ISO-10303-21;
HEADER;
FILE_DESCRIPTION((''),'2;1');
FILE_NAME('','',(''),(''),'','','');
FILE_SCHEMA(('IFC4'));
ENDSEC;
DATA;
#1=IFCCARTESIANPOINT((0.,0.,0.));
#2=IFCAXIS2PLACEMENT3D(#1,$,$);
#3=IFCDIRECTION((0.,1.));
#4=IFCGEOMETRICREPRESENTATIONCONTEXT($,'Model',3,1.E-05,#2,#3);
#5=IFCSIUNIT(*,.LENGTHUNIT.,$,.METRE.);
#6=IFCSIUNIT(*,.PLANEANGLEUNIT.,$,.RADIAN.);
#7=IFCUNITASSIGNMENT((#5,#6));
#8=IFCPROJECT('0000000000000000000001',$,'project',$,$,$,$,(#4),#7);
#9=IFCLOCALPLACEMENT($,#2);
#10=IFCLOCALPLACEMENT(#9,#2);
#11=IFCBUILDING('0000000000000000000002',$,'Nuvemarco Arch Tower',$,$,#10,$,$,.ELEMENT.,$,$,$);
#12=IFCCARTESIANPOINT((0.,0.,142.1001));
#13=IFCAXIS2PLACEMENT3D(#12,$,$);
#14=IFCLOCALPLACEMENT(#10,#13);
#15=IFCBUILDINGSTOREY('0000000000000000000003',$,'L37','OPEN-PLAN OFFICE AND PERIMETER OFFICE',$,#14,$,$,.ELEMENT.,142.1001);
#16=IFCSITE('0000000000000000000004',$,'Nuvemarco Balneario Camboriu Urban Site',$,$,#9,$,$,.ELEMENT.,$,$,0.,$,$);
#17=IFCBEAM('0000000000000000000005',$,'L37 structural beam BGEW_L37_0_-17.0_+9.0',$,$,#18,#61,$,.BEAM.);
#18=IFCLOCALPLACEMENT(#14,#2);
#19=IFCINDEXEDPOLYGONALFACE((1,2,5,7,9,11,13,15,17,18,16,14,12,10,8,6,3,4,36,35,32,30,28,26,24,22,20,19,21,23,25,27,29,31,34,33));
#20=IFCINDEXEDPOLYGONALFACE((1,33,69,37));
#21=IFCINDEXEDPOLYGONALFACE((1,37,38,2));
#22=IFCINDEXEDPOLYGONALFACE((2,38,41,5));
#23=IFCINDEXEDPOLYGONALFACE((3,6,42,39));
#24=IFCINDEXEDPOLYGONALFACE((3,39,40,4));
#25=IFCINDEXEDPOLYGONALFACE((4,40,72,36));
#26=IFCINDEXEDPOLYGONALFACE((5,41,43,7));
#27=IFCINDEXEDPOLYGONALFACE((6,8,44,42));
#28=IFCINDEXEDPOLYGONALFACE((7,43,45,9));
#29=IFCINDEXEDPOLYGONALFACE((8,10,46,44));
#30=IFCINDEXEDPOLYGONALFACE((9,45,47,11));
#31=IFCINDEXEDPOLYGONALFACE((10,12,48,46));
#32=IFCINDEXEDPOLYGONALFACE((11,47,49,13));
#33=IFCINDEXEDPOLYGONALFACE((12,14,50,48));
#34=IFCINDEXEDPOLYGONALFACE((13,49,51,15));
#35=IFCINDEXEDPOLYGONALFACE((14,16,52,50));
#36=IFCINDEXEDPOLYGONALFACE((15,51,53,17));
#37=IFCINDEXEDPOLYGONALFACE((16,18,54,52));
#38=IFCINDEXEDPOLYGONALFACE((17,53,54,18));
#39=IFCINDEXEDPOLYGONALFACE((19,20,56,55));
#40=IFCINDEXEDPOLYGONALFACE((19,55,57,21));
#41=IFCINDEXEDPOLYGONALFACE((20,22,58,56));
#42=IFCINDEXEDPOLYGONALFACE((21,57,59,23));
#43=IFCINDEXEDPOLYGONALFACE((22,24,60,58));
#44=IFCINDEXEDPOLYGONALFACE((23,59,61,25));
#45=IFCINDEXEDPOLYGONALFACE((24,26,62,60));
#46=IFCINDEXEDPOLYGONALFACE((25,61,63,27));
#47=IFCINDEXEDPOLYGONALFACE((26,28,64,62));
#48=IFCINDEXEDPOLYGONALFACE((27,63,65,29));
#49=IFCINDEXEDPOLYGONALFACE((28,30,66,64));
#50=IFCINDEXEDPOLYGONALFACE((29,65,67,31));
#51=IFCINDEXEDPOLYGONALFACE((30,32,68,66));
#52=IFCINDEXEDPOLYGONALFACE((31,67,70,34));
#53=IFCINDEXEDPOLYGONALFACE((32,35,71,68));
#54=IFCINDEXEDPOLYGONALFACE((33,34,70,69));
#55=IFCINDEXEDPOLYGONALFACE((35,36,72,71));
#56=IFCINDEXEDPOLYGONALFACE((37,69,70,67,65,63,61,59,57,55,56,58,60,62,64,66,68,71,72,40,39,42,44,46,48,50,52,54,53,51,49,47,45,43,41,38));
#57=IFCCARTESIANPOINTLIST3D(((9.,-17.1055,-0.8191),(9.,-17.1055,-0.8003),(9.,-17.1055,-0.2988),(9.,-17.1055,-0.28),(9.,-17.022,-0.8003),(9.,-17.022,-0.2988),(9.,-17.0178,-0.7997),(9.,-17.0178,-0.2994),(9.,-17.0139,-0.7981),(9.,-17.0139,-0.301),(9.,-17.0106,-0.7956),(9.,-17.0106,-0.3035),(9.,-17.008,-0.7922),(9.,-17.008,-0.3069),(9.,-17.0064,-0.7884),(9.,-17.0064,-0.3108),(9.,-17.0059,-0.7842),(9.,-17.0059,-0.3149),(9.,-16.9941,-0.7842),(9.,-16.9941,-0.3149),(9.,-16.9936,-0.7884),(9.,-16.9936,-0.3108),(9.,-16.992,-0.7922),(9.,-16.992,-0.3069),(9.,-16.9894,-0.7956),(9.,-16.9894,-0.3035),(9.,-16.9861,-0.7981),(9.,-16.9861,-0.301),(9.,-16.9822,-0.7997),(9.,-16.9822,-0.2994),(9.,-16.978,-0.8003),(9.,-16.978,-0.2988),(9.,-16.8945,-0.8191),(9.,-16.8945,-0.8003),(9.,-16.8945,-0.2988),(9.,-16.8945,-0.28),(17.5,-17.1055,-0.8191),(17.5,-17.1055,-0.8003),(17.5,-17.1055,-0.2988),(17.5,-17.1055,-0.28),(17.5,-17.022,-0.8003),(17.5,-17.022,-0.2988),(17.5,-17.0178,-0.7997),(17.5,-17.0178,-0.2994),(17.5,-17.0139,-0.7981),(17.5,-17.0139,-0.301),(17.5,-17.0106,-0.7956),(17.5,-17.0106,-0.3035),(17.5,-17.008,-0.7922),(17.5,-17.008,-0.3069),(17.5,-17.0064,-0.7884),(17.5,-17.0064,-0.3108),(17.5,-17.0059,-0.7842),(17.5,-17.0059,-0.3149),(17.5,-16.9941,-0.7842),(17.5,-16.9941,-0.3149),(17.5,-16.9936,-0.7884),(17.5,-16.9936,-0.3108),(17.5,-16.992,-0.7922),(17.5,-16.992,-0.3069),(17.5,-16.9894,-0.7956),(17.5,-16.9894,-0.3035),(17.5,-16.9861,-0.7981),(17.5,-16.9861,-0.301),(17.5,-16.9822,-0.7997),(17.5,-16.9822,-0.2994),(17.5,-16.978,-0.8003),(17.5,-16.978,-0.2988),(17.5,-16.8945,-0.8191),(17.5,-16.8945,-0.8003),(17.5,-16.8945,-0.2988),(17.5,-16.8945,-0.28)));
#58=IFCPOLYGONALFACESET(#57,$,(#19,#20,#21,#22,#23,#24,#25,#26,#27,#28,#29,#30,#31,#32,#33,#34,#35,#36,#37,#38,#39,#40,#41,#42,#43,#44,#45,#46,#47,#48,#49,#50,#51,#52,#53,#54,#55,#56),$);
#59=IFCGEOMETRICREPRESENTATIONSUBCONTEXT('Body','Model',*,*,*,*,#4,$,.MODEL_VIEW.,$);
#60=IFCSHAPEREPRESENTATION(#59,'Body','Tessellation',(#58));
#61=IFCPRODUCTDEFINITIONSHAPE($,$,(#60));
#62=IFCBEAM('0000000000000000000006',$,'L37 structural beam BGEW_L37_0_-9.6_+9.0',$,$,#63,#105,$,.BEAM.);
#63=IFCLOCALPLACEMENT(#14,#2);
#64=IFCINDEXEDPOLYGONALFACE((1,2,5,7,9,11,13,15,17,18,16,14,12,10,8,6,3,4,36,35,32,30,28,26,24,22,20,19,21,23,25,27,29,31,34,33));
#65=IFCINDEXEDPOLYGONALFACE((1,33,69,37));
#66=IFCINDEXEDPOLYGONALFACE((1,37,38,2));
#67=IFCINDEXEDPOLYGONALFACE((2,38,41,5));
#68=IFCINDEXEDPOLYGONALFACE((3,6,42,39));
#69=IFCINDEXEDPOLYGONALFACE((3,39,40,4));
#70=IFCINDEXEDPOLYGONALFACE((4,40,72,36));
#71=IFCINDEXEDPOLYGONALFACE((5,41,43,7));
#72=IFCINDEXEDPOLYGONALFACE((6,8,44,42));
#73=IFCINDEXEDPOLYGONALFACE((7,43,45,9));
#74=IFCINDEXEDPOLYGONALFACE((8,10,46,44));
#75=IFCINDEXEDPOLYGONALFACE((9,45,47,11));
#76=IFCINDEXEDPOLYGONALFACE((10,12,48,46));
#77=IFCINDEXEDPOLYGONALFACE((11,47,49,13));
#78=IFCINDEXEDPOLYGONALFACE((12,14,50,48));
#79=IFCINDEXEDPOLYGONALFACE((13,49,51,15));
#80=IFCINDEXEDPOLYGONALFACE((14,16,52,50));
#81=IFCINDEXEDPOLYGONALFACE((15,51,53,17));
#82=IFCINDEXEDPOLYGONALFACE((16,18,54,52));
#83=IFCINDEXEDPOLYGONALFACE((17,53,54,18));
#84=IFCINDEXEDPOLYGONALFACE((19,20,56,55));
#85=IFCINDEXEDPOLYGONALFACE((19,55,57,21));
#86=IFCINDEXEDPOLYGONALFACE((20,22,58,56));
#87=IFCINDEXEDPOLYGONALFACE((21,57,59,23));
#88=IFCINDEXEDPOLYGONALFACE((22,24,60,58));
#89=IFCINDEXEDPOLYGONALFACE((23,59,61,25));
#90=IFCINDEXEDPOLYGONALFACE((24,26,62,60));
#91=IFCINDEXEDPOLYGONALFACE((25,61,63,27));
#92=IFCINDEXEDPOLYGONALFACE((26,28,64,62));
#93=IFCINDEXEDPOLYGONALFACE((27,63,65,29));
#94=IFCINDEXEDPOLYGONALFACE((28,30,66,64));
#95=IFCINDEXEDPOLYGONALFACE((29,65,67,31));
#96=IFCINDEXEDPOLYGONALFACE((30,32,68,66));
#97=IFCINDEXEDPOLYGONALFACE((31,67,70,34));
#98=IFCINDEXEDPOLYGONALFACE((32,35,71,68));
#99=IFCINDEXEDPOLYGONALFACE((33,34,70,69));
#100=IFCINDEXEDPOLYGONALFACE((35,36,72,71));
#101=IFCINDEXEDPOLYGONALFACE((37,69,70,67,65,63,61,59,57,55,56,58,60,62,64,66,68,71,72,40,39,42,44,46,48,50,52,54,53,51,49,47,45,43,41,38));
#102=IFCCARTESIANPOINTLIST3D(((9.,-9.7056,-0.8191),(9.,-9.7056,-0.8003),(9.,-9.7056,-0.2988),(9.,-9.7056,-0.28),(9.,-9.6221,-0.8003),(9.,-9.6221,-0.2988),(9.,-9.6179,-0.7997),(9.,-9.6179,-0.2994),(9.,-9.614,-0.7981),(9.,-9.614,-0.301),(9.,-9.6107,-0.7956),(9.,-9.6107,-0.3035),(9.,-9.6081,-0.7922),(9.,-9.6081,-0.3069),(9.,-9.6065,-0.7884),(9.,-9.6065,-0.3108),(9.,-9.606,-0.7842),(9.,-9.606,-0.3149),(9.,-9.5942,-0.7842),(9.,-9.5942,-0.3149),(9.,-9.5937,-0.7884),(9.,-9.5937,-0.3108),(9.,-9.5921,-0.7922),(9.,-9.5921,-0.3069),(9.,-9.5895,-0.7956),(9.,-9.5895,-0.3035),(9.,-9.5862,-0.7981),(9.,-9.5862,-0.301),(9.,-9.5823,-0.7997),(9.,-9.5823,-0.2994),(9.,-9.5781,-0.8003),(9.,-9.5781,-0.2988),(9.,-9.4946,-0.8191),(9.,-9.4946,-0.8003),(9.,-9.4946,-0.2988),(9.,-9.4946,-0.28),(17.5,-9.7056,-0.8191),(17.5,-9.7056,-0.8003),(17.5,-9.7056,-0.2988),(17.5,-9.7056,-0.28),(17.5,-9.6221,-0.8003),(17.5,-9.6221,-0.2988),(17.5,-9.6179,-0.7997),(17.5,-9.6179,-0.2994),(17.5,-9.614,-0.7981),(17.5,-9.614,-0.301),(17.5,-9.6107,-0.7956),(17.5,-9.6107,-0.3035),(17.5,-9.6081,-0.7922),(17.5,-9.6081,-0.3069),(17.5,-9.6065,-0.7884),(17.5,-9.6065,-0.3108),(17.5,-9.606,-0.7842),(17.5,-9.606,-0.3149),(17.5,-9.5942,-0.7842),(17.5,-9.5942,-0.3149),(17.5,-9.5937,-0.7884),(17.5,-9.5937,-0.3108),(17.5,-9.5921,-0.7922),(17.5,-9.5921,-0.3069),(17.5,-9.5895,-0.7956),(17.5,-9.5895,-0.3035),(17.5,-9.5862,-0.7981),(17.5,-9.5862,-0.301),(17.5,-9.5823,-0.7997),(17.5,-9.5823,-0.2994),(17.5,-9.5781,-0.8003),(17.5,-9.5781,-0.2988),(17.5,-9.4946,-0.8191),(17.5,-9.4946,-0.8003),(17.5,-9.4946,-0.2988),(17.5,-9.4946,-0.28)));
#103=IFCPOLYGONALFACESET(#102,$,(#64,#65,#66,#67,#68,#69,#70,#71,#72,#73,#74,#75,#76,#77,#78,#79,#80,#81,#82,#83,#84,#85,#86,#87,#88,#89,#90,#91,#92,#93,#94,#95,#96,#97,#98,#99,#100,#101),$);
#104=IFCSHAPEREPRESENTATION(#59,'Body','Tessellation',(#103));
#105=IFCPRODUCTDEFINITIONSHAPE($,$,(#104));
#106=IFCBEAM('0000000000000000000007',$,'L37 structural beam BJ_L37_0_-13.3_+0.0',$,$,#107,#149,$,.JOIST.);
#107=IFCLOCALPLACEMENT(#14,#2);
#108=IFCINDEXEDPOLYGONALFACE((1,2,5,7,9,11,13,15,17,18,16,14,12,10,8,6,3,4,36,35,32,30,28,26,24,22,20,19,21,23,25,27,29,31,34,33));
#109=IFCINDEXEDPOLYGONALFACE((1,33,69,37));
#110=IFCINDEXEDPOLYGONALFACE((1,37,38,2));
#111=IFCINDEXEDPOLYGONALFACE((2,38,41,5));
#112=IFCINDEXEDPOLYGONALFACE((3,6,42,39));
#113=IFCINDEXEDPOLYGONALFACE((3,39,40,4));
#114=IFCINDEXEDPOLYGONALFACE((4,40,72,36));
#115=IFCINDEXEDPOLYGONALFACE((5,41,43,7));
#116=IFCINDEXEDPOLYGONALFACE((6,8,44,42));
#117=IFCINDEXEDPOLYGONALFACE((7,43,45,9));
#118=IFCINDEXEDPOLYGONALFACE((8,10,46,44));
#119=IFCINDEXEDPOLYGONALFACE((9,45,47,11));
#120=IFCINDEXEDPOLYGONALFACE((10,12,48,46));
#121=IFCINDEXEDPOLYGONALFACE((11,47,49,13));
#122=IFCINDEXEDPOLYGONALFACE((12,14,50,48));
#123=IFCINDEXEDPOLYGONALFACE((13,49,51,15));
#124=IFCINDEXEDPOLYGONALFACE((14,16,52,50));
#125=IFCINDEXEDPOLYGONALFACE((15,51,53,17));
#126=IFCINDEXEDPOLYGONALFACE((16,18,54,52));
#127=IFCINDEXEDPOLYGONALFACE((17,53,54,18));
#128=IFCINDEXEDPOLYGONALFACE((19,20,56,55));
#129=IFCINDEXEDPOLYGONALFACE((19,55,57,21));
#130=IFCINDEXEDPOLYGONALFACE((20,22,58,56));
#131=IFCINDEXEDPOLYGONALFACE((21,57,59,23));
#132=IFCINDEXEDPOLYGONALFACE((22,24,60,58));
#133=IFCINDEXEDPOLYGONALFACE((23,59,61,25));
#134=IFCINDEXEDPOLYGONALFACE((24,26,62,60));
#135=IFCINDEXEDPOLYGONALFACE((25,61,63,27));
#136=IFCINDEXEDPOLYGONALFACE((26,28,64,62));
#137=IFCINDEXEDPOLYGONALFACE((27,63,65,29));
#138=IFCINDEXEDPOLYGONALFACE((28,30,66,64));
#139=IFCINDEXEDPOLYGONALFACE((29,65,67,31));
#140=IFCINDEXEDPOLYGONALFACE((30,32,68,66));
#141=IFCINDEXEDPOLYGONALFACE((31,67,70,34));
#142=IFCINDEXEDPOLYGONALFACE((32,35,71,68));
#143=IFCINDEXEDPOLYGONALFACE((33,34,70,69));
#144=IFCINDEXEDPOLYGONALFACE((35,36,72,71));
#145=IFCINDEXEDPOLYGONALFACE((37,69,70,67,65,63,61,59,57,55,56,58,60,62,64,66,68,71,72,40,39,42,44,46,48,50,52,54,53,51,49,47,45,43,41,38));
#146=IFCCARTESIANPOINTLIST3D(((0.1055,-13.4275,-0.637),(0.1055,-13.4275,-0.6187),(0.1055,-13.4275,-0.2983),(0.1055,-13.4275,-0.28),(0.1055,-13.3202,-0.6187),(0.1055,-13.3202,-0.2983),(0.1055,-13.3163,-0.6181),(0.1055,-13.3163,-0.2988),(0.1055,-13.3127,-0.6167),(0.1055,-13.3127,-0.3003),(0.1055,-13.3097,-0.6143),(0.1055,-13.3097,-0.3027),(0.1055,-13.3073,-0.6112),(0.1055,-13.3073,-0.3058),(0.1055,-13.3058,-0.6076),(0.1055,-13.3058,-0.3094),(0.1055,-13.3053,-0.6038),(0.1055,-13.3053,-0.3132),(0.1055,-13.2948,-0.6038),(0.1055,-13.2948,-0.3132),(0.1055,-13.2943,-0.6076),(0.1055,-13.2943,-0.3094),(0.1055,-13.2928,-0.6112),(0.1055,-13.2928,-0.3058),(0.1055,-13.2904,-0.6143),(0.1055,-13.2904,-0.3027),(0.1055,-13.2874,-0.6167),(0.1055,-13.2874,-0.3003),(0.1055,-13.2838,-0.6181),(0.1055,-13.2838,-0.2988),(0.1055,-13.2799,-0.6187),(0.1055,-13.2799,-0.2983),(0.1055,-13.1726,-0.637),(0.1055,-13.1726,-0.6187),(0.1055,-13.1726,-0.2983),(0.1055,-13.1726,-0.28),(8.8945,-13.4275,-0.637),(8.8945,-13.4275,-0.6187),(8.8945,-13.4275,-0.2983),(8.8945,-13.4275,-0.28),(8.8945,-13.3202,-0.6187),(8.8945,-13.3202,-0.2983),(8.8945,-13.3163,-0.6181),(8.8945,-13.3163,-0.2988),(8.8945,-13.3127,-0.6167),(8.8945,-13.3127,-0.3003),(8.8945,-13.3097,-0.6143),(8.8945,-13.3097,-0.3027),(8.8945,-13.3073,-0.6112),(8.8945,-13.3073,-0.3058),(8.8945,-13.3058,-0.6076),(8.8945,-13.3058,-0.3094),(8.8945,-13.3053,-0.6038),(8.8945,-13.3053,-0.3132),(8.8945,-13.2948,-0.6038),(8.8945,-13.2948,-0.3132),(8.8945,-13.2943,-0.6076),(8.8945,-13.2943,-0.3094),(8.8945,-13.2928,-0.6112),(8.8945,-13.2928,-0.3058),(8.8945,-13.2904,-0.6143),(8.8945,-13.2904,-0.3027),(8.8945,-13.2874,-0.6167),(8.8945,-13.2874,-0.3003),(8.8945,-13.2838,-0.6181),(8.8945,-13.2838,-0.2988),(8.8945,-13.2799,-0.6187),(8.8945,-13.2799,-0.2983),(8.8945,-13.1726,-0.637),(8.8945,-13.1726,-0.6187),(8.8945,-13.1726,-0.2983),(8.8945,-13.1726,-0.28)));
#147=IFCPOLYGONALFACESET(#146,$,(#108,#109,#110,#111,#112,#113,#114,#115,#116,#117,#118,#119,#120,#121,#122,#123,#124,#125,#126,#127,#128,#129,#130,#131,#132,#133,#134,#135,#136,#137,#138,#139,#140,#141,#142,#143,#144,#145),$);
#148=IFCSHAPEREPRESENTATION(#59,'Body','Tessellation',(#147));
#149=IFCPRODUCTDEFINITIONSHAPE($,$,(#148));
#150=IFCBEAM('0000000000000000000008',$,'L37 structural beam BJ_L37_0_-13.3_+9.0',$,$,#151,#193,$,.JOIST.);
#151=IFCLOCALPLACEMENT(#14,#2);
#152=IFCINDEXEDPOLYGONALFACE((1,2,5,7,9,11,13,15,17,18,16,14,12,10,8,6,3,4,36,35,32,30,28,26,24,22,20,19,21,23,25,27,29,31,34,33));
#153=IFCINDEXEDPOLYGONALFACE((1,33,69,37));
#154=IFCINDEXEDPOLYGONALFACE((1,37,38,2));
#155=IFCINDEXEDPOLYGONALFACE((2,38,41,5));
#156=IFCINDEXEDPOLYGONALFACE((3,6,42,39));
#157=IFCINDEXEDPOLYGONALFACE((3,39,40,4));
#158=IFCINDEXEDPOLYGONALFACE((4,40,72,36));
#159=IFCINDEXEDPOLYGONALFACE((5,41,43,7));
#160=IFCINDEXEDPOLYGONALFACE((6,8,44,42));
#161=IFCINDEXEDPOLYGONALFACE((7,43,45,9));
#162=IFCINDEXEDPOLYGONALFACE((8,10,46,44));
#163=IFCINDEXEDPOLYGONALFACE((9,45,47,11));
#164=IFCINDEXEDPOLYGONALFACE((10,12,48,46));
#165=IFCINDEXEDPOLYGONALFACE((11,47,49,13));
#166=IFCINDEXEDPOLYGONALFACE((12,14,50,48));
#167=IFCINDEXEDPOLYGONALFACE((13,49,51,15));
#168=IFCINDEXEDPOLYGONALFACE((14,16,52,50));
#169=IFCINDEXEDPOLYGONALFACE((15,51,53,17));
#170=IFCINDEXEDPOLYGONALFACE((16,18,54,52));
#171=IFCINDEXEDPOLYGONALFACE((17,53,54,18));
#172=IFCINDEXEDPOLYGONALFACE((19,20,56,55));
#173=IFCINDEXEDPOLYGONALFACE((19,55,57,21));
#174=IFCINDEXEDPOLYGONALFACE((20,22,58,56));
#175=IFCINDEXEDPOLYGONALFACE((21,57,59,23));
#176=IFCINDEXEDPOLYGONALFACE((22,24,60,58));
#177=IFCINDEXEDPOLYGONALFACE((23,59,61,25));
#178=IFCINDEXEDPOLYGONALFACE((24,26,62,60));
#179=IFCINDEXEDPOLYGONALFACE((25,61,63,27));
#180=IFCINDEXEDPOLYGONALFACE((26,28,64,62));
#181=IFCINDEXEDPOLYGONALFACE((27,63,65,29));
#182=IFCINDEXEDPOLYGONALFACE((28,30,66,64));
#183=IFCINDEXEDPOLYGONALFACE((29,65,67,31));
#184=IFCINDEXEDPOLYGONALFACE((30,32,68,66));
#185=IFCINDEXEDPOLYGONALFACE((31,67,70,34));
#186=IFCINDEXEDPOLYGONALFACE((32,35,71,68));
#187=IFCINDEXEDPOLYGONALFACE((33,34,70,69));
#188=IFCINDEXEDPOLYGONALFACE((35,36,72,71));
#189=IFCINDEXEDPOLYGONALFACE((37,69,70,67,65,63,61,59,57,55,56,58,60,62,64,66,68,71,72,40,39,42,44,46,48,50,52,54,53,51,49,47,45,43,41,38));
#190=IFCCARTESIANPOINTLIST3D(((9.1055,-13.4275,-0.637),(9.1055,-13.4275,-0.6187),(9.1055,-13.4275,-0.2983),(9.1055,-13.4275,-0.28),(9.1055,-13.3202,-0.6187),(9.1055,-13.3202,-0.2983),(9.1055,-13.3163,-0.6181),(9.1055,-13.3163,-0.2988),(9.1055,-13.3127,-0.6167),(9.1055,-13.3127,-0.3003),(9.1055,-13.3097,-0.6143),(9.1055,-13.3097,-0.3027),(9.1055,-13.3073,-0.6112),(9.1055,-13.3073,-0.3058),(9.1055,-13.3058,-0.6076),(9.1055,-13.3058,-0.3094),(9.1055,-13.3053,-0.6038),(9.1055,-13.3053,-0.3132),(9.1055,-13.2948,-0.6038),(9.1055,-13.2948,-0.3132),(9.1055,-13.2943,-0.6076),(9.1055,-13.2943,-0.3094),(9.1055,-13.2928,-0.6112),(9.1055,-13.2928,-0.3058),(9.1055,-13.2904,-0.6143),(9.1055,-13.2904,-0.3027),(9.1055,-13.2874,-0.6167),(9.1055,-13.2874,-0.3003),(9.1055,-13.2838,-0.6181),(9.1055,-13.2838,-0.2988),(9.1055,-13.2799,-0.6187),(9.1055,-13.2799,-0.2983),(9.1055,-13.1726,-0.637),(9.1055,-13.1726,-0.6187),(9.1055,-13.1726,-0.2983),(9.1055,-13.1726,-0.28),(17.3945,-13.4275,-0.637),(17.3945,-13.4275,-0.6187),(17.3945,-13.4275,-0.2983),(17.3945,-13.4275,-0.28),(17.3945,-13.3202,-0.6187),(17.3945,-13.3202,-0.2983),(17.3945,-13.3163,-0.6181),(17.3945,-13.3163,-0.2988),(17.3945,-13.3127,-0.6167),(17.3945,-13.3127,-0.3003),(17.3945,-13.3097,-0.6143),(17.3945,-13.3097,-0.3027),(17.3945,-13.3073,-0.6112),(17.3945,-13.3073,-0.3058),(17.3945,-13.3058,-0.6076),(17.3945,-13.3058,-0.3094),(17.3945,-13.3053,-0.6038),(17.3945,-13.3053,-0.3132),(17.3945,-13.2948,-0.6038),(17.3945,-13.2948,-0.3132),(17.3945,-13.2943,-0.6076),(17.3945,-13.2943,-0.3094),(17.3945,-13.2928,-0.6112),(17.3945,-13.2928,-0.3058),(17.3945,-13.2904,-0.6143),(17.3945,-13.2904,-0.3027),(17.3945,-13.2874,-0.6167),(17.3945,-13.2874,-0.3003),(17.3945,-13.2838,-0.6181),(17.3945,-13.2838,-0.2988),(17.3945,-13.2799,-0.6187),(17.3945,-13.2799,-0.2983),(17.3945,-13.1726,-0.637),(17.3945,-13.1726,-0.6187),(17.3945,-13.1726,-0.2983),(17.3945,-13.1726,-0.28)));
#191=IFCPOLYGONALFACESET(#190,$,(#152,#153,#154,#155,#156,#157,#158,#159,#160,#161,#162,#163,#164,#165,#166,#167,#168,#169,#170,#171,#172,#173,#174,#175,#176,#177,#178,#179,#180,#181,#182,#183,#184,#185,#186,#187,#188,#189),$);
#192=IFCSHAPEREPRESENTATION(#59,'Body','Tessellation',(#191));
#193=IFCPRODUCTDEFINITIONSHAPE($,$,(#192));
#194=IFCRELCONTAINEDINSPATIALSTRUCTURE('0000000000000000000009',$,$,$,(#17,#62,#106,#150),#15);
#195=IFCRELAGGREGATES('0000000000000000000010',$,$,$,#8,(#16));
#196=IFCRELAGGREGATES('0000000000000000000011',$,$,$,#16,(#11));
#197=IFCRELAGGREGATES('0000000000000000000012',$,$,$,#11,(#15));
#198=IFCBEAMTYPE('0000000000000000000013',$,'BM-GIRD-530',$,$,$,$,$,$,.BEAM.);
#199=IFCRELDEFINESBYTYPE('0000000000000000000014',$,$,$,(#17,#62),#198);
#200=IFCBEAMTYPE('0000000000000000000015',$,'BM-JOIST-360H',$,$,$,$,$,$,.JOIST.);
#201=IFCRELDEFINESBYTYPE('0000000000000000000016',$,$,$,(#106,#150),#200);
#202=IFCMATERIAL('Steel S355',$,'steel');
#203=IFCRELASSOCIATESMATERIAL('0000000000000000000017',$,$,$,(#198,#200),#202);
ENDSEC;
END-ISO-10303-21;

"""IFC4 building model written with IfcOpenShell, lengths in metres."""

from ifc_helpers import new_model, si_unit, direction, frame, origin, origin_2d, place, context, subcontext, project, spatial, i_section, extrude, material, material_profile, profile_set, type_object, element, save


model = new_model("IFC4")

# Units and contexts
model_context = context("Model", 3, precision=1e-05, world=origin(), true_north=direction((0.0, 1.0)))
body_context = subcontext(model_context, "Body", "Model", "MODEL_VIEW")
ifc_project = project(units=[si_unit("LENGTHUNIT", "METRE"), si_unit("PLANEANGLEUNIT", "RADIAN")], contexts=[model_context])

# Site, building, storey
site_placement = place(None, origin())
site = spatial("IfcSite", under=ifc_project, at=site_placement, Name="Nuvemarco Balneario Camboriu Urban Site", CompositionType="ELEMENT", RefElevation=0.0)
building_placement = place(site_placement, origin())
building = spatial("IfcBuilding", under=site, at=building_placement, Name="Nuvemarco Arch Tower", CompositionType="ELEMENT")
storey_placement = place(building_placement, frame((0.0, 0.0, 142.1001)))
storey = spatial("IfcBuildingStorey", under=building, at=storey_placement, Name="L37", Description="OPEN-PLAN OFFICE AND PERIMETER OFFICE", CompositionType="ELEMENT", Elevation=142.1001)

# Shared definitions
ifc_material_1 = material(Name="Steel S355", Category="steel")

# Beams
ifc_material_profile_1 = material_profile(ifc_material_1, i_section(OverallWidth=0.2109, OverallDepth=0.5391, WebThickness=0.0117, FlangeThickness=0.0188, FilletRadius=0.0161, at=origin_2d()), Name="W530x109")
ifc_profile_set_1 = profile_set([ifc_material_profile_1], Name="Steel S355")
beam_type_1 = type_object("IfcBeamType", Name="BM-GIRD-530", PredefinedType="BEAM", material=ifc_profile_set_1)
for number, where, z_axis, x_axis, name in (
    (1, (9.0, -17.0, -0.5496), (1.0, 0.0, 0.0), (0.0, 1.0, 0.0), "L37 structural beam BGEW_L37_0_-17.0_+9.0"),
    (2, (9.0, -9.6001, -0.5496), (1.0, 0.0, 0.0), (0.0, 1.0, 0.0), "L37 structural beam BGEW_L37_0_-9.6_+9.0"),
):
    element("IfcBeam", number, at=place(storey_placement, frame(where, z_axis=z_axis, x_axis=x_axis)), inside=storey, type_object=beam_type_1, Name=name, PredefinedType="BEAM", context=body_context, shape_type="SweptSolid", body=[
        extrude(i_section(OverallWidth=0.2109, OverallDepth=0.5391, WebThickness=0.0117, FlangeThickness=0.0188, FilletRadius=0.0161, at=origin_2d()), origin(), (0.0, 0.0, 1.0), 8.5),
    ])
ifc_material_profile_2 = material_profile(ifc_material_1, i_section(OverallWidth=0.2549, OverallDepth=0.3569, WebThickness=0.0105, FlangeThickness=0.0183, FilletRadius=0.0149, at=origin_2d()), Name="W360x101")
ifc_profile_set_2 = profile_set([ifc_material_profile_2], Name="Steel S355")
beam_type_2 = type_object("IfcBeamType", Name="BM-JOIST-360H", PredefinedType="JOIST", material=ifc_profile_set_2)
beam_1_placement = place(storey_placement, frame((0.1055, -13.3, -0.4585), z_axis=(1.0, 0.0, 0.0), x_axis=(0.0, 1.0, 0.0)))
element("IfcBeam", 3, at=beam_1_placement, inside=storey, type_object=beam_type_2, Name="L37 structural beam BJ_L37_0_-13.3_+0.0", PredefinedType="JOIST", context=body_context, shape_type="SweptSolid", body=[
    extrude(i_section(OverallWidth=0.2549, OverallDepth=0.3569, WebThickness=0.0105, FlangeThickness=0.0183, FilletRadius=0.0149, at=origin_2d()), origin(), (0.0, 0.0, 1.0), 8.7891),
])
beam_2_placement = place(storey_placement, frame((9.1055, -13.3, -0.4585), z_axis=(1.0, 0.0, 0.0), x_axis=(0.0, 1.0, 0.0)))
element("IfcBeam", 4, at=beam_2_placement, inside=storey, type_object=beam_type_2, Name="L37 structural beam BJ_L37_0_-13.3_+9.0", PredefinedType="JOIST", context=body_context, shape_type="SweptSolid", body=[
    extrude(i_section(OverallWidth=0.2549, OverallDepth=0.3569, WebThickness=0.0105, FlangeThickness=0.0183, FilletRadius=0.0149, at=origin_2d()), origin(), (0.0, 0.0, 1.0), 8.2891),
])

save(model, "model.ifc")
